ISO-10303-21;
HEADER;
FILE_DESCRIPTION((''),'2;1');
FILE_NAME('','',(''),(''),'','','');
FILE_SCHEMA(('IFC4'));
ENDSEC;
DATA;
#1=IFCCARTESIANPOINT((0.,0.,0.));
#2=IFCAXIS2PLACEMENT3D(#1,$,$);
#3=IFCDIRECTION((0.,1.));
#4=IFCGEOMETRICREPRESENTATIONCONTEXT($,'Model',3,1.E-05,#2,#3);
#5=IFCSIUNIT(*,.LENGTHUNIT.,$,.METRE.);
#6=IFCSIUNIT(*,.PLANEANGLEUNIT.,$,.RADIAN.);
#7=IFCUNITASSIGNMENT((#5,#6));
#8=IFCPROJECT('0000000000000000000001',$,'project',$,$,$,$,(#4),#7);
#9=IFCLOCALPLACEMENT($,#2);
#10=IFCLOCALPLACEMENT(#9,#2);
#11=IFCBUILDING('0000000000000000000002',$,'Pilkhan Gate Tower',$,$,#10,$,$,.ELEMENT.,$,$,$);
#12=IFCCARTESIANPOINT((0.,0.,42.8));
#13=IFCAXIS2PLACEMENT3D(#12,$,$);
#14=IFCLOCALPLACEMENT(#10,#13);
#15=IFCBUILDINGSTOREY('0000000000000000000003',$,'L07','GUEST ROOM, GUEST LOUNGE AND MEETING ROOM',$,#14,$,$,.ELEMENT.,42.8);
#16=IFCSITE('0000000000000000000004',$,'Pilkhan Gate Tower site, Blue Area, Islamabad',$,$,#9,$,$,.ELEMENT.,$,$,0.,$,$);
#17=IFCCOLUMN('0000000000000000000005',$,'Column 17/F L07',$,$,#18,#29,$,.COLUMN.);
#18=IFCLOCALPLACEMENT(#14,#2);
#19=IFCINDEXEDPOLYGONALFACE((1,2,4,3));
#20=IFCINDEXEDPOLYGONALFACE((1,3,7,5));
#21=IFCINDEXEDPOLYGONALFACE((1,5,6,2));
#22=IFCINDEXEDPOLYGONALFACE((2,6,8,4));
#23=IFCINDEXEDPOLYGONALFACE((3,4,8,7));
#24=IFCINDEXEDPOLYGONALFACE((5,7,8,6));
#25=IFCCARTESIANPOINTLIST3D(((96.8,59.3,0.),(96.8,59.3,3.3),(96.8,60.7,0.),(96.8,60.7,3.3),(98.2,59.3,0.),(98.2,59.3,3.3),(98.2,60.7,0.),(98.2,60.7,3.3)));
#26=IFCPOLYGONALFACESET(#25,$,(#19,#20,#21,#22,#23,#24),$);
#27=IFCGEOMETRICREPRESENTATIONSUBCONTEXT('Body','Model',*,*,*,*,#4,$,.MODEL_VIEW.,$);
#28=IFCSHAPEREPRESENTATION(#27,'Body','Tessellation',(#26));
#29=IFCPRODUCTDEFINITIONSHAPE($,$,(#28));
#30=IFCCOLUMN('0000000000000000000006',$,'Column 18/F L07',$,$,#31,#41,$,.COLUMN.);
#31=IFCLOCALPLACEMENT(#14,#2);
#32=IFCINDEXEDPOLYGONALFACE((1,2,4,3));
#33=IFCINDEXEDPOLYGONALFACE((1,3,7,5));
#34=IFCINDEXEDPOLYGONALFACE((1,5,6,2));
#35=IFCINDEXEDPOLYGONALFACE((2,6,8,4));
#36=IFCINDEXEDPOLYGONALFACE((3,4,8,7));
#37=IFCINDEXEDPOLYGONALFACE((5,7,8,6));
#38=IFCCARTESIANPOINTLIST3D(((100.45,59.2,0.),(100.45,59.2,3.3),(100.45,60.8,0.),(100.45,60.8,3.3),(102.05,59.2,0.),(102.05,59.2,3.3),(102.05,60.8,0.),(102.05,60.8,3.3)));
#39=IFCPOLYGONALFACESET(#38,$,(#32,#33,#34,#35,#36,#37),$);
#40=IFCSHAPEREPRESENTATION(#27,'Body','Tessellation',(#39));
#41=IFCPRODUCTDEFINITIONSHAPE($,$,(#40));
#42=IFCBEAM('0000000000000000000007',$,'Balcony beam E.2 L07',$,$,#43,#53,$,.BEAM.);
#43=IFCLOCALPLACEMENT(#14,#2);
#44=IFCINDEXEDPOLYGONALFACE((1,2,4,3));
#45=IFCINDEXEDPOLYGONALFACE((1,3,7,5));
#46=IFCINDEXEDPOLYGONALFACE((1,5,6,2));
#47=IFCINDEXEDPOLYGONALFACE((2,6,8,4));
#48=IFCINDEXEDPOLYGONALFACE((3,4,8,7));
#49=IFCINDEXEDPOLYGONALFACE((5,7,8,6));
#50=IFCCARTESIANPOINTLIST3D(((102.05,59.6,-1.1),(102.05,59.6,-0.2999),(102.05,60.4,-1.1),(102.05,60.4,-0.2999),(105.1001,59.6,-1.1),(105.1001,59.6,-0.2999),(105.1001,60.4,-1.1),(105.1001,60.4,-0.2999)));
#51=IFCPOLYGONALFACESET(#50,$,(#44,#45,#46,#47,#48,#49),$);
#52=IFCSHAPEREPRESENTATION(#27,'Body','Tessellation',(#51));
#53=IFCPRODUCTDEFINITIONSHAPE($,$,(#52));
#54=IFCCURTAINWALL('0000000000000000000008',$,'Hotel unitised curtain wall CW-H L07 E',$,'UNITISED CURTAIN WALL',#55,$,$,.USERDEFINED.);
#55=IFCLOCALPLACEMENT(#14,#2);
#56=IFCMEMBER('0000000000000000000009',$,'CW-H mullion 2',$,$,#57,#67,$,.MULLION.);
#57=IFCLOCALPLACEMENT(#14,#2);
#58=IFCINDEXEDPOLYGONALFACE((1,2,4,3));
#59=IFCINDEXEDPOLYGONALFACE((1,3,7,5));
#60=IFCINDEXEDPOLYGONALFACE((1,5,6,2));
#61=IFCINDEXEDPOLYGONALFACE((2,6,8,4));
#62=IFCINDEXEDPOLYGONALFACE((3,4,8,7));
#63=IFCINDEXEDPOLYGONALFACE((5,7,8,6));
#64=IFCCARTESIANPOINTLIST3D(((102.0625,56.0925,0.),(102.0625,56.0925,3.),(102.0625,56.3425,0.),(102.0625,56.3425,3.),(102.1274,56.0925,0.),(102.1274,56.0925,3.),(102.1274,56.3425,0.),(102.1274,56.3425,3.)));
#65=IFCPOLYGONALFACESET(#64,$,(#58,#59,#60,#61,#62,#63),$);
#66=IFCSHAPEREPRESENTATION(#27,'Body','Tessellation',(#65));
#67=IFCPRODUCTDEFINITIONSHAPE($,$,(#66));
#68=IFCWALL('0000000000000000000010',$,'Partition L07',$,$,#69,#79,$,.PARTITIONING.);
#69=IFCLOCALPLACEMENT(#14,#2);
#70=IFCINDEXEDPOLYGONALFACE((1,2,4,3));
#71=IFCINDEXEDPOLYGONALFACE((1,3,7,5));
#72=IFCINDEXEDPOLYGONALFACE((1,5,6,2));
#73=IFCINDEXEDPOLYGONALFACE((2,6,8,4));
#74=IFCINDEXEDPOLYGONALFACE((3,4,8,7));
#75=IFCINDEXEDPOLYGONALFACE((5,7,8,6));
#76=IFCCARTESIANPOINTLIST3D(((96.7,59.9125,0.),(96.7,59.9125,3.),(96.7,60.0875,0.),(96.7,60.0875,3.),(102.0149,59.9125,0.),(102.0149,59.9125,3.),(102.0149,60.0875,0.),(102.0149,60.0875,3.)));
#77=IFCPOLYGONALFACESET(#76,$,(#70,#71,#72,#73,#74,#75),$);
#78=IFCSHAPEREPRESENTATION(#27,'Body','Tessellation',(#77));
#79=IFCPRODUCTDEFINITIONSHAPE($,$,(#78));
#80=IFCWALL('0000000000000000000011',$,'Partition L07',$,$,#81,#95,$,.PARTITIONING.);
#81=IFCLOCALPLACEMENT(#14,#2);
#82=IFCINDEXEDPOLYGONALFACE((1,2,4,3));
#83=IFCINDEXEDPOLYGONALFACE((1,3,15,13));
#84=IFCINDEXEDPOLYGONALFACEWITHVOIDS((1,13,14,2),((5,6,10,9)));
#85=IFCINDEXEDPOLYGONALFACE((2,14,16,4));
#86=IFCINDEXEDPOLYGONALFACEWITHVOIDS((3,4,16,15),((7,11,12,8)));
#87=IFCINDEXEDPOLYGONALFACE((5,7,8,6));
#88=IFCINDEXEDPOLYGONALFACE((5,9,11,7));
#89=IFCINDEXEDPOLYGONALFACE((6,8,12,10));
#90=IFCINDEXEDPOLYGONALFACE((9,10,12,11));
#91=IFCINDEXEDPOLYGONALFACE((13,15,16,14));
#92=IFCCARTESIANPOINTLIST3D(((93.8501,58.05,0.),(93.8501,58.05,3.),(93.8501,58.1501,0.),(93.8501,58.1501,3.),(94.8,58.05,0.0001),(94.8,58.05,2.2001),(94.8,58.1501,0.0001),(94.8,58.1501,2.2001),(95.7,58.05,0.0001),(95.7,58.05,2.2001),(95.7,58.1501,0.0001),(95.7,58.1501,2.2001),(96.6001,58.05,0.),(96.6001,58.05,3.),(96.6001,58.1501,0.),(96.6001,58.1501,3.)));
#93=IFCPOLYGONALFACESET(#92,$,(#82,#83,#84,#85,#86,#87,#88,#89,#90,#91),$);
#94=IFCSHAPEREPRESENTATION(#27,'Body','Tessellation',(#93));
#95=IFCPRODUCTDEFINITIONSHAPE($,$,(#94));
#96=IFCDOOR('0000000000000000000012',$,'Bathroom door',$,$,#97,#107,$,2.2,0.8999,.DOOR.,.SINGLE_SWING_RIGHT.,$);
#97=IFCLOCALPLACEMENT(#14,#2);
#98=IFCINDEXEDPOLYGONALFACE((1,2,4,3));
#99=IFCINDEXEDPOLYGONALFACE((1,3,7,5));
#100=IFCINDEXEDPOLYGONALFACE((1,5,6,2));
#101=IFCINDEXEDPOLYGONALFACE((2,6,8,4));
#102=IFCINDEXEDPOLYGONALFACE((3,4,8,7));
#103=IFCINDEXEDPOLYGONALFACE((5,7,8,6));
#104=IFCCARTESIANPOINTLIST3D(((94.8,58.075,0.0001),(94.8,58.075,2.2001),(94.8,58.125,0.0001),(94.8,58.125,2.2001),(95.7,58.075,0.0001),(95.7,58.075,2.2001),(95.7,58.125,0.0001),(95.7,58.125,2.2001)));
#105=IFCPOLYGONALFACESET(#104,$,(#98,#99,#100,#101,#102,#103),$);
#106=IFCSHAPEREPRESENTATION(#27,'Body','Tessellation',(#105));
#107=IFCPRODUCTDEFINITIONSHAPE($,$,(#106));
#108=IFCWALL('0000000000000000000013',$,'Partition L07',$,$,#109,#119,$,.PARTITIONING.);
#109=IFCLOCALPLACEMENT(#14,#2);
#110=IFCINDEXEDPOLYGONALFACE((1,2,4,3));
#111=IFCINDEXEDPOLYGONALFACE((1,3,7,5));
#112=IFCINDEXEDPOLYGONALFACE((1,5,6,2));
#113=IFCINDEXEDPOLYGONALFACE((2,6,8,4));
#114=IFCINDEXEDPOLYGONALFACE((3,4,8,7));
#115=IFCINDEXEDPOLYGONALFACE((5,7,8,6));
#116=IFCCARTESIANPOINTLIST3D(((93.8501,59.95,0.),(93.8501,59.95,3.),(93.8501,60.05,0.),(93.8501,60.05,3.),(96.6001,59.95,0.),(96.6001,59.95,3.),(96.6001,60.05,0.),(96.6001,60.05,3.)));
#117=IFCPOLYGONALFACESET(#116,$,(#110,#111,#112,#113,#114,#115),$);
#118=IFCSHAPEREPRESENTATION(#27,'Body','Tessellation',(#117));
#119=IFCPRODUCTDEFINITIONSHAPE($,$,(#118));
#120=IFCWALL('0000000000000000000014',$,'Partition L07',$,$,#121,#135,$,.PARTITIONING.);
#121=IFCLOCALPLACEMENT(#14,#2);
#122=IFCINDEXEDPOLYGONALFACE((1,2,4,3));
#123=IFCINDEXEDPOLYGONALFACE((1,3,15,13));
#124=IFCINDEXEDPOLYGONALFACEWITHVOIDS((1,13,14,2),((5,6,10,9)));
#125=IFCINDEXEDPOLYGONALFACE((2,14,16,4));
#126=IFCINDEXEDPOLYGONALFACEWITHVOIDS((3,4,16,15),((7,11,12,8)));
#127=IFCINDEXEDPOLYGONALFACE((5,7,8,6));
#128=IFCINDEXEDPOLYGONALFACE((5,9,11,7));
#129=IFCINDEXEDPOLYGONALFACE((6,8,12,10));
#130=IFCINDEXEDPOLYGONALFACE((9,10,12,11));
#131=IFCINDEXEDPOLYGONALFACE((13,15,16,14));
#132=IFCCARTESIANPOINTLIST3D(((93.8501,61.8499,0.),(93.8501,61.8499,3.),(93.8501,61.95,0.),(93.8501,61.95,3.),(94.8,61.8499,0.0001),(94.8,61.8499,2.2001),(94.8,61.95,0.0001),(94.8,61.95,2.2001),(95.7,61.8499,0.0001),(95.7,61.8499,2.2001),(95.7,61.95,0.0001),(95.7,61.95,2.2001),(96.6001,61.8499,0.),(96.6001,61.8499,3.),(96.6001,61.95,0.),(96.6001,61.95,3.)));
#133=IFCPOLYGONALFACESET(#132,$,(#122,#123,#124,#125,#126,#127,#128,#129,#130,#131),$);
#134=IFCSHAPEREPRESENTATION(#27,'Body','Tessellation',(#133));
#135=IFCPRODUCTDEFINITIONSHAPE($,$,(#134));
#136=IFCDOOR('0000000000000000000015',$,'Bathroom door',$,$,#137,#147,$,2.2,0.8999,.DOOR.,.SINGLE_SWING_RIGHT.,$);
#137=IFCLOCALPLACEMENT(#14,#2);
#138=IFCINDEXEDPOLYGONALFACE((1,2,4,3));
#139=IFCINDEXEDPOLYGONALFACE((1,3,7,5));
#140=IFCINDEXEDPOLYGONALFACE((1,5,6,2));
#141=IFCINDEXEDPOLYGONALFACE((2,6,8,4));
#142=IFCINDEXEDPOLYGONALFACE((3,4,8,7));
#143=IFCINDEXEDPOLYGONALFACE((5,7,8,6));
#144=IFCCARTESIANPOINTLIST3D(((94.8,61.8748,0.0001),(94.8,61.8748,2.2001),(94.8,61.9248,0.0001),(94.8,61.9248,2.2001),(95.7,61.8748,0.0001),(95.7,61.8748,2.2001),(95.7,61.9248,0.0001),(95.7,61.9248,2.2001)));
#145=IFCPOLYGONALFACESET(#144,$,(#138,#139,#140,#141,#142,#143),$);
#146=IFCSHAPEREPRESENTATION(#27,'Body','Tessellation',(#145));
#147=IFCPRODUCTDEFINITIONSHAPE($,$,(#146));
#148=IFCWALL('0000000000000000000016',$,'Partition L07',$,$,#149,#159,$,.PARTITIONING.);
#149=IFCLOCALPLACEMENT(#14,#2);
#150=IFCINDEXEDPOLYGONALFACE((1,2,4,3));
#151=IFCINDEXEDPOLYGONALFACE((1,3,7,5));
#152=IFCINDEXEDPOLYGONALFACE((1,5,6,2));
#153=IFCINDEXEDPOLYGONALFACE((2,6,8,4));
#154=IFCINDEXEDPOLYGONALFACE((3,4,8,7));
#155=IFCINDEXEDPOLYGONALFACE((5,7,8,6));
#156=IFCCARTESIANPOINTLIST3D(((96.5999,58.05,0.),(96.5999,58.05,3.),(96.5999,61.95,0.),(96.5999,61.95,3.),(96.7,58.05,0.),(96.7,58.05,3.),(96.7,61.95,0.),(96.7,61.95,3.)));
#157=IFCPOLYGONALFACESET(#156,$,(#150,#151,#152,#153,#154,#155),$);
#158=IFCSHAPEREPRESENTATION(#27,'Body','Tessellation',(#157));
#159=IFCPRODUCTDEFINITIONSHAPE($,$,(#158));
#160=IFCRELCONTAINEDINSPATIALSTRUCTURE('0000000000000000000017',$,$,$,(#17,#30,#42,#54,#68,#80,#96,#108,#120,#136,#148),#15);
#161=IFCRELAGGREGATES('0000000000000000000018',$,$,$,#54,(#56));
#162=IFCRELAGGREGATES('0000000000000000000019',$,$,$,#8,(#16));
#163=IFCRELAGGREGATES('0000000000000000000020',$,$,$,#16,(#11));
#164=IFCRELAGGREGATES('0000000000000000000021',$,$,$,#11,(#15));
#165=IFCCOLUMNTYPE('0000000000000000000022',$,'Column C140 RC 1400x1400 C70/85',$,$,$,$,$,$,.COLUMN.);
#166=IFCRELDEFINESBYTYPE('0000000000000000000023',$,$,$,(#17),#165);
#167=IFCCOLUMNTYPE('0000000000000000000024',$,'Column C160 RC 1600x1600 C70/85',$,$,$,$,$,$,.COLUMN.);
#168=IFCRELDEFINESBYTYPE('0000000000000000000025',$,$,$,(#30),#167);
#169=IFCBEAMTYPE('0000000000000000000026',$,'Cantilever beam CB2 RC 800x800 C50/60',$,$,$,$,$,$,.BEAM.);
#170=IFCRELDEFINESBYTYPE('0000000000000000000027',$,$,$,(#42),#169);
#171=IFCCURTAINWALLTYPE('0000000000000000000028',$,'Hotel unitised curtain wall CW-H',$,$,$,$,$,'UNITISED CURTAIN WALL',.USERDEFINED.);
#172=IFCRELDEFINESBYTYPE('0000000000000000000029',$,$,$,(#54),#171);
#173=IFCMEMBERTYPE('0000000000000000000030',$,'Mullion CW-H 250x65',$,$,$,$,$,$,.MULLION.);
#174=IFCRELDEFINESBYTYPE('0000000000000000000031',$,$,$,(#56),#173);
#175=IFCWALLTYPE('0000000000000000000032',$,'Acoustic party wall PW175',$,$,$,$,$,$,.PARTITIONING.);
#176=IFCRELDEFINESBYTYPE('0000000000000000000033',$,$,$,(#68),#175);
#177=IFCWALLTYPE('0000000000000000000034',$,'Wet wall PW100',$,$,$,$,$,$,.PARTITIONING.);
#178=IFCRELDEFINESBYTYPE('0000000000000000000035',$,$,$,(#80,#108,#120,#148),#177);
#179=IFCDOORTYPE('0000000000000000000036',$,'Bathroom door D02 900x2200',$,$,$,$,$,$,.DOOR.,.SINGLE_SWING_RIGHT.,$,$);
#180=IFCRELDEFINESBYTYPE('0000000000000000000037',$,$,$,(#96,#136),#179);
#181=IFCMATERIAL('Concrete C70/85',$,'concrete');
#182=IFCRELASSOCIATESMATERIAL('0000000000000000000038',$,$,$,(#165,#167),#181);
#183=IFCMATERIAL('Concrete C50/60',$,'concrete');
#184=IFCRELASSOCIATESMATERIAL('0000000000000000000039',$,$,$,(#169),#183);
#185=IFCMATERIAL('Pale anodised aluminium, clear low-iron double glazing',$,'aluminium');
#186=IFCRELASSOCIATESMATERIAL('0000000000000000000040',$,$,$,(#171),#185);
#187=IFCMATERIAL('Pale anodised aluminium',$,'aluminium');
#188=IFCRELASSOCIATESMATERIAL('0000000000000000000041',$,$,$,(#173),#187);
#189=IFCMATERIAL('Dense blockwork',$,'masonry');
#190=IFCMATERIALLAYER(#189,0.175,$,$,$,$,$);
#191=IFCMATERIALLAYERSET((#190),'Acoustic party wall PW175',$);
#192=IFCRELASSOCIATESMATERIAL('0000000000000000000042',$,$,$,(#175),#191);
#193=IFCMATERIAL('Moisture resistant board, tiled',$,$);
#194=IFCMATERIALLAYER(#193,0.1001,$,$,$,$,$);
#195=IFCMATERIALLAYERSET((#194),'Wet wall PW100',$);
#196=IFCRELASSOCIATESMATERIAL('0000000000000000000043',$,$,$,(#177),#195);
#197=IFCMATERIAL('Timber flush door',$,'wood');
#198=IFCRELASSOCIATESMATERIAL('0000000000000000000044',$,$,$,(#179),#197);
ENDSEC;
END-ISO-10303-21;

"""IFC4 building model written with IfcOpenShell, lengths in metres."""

from ifc_helpers import new_model, si_unit, direction, frame, frame_2d, origin, origin_2d, place, context, subcontext, project, spatial, rectangle, extrude, material, layer, layer_set, material_profile, profile_set, type_object, element, fill, aggregate, save


model = new_model("IFC4")

# Units and contexts
model_context = context("Model", 3, precision=1e-05, world=origin(), true_north=direction((0.0, 1.0)))
body_context = subcontext(model_context, "Body", "Model", "MODEL_VIEW")
ifc_project = project(units=[si_unit("LENGTHUNIT", "METRE"), si_unit("PLANEANGLEUNIT", "RADIAN")], contexts=[model_context])

# Site, building, storey
site_placement = place(None, origin())
site = spatial("IfcSite", under=ifc_project, at=site_placement, Name="Pilkhan Gate Tower site, Blue Area, Islamabad", CompositionType="ELEMENT", RefElevation=0.0)
building_placement = place(site_placement, origin())
building = spatial("IfcBuilding", under=site, at=building_placement, Name="Pilkhan Gate Tower", CompositionType="ELEMENT")
storey_placement = place(building_placement, frame((0.0, 0.0, 42.8)))
storey = spatial("IfcBuildingStorey", under=building, at=storey_placement, Name="L07", Description="GUEST ROOM, GUEST LOUNGE AND MEETING ROOM", CompositionType="ELEMENT", Elevation=42.8)

# Columns
ifc_material_1 = material(Name="Concrete C70/85", Category="concrete")
ifc_material_profile_1 = material_profile(ifc_material_1, rectangle(XDim=1.3999, YDim=1.3999, at=origin_2d()), Name="RC 1400x1400")
ifc_profile_set_1 = profile_set([ifc_material_profile_1], Name="Concrete C70/85")
column_type_1 = type_object("IfcColumnType", Name="Column C140 RC 1400x1400 C70/85", PredefinedType="COLUMN", material=ifc_profile_set_1)
column_1_placement = place(storey_placement, frame((97.5, 60.0, 0.0), z_axis=(0.0, 0.0, 1.0), x_axis=(1.0, 0.0, 0.0)))
element("IfcColumn", 1, at=column_1_placement, inside=storey, type_object=column_type_1, Name="Column 17/F L07", PredefinedType="COLUMN", context=body_context, shape_type="SweptSolid", body=[
    extrude(rectangle(XDim=1.3999, YDim=1.3999, at=origin_2d()), origin(), (0.0, 0.0, 1.0), 3.3),
])
ifc_material_profile_2 = material_profile(ifc_material_1, rectangle(XDim=1.6001, YDim=1.6001, at=origin_2d()), Name="RC 1600x1600")
ifc_profile_set_2 = profile_set([ifc_material_profile_2], Name="Concrete C70/85")
column_type_2 = type_object("IfcColumnType", Name="Column C160 RC 1600x1600 C70/85", PredefinedType="COLUMN", material=ifc_profile_set_2)
column_2_placement = place(storey_placement, frame((101.25, 60.0, 0.0), z_axis=(0.0, 0.0, 1.0), x_axis=(1.0, 0.0, 0.0)))
element("IfcColumn", 2, at=column_2_placement, inside=storey, type_object=column_type_2, Name="Column 18/F L07", PredefinedType="COLUMN", context=body_context, shape_type="SweptSolid", body=[
    extrude(rectangle(XDim=1.6001, YDim=1.6001, at=origin_2d()), origin(), (0.0, 0.0, 1.0), 3.3),
])

# Beam
ifc_material_2 = material(Name="Concrete C50/60", Category="concrete")
ifc_material_profile_3 = material_profile(ifc_material_2, rectangle(XDim=0.8, YDim=0.8, at=origin_2d()), Name="RC 800x800")
ifc_profile_set_3 = profile_set([ifc_material_profile_3], Name="Concrete C50/60")
beam_type = type_object("IfcBeamType", Name="Cantilever beam CB2 RC 800x800 C50/60", PredefinedType="BEAM", material=ifc_profile_set_3)
beam_placement = place(storey_placement, frame((102.05, 60.0, -0.7), z_axis=(1.0, 0.0, 0.0), x_axis=(0.0, 1.0, 0.0)))
element("IfcBeam", 3, at=beam_placement, inside=storey, type_object=beam_type, Name="Balcony beam E.2 L07", PredefinedType="BEAM", context=body_context, shape_type="SweptSolid", body=[
    extrude(rectangle(XDim=0.8, YDim=0.8, at=origin_2d()), origin(), (0.0, 0.0, 1.0), 3.05),
])

# Curtain wall, member
ifc_material_3 = material(Name="Pale anodised aluminium, clear low-iron double glazing", Category="aluminium")
curtain_wall_type = type_object("IfcCurtainWallType", Name="Hotel unitised curtain wall CW-H", ElementType="UNITISED CURTAIN WALL", PredefinedType="USERDEFINED", material=ifc_material_3)
curtain_wall_placement = place(storey_placement, origin())
curtain_wall = element("IfcCurtainWall", 4, at=curtain_wall_placement, inside=storey, type_object=curtain_wall_type, Name="Hotel unitised curtain wall CW-H L07 E", ObjectType="UNITISED CURTAIN WALL", PredefinedType="USERDEFINED")
ifc_material_4 = material(Name="Pale anodised aluminium", Category="aluminium")
ifc_material_profile_4 = material_profile(ifc_material_4, rectangle(XDim=0.0649, YDim=0.25, at=origin_2d()), Name="Mullion 250x65")
ifc_profile_set_4 = profile_set([ifc_material_profile_4], Name="Pale anodised aluminium")
member_type = type_object("IfcMemberType", Name="Mullion CW-H 250x65", PredefinedType="MULLION", material=ifc_profile_set_4)
member_placement = place(storey_placement, frame((102.095, 56.2175, 0.0), z_axis=(0.0, 0.0, 1.0), x_axis=(-1.0, 0.0, 0.0)))
member = element("IfcMember", 5, at=member_placement, type_object=member_type, Name="CW-H mullion 2", PredefinedType="MULLION", context=body_context, shape_type="SweptSolid", body=[
    extrude(rectangle(XDim=0.0649, YDim=0.25, at=origin_2d()), origin(), (0.0, 0.0, 1.0), 3.0),
])
aggregate(curtain_wall, [member])

# Wall
ifc_material_5 = material(Name="Dense blockwork", Category="masonry")
ifc_layer_1 = layer(ifc_material_5, 0.175)
ifc_layer_set_1 = layer_set([ifc_layer_1], Name="Acoustic party wall PW175")
wall_type_1 = type_object("IfcWallType", Name="Acoustic party wall PW175", PredefinedType="PARTITIONING", material=ifc_layer_set_1)
wall_1_placement = place(storey_placement, frame((96.7, 60.0, 0.0), z_axis=(0.0, 0.0, 1.0), x_axis=(1.0, 0.0, 0.0)))
element("IfcWall", 6, at=wall_1_placement, inside=storey, type_object=wall_type_1, Name="Partition L07", PredefinedType="PARTITIONING", context=body_context, shape_type="SweptSolid", body=[
    extrude(rectangle(XDim=5.3149, YDim=0.175, at=frame_2d((2.6575, 0.0))), origin(), (0.0, 0.0, 1.0), 3.0),
])

# Wall, opening, door
ifc_material_6 = material(Name="Moisture resistant board, tiled")
ifc_layer_2 = layer(ifc_material_6, 0.1001)
ifc_layer_set_2 = layer_set([ifc_layer_2], Name="Wet wall PW100")
wall_type_2 = type_object("IfcWallType", Name="Wet wall PW100", PredefinedType="PARTITIONING", material=ifc_layer_set_2)
wall_2_placement = place(storey_placement, frame((93.8501, 58.1001, 0.0), z_axis=(0.0, 0.0, 1.0), x_axis=(1.0, 0.0, 0.0)))
wall_2 = element("IfcWall", 7, at=wall_2_placement, inside=storey, type_object=wall_type_2, Name="Partition L07", PredefinedType="PARTITIONING", context=body_context, shape_type="SweptSolid", body=[
    extrude(rectangle(XDim=2.75, YDim=0.1001, at=frame_2d((1.375, 0.0))), origin(), (0.0, 0.0, 1.0), 3.0),
])
opening_1_placement = place(wall_2_placement, frame((0.95, 0.0, 0.0)))
opening_1 = element("IfcOpeningElement", 8, at=opening_1_placement, cuts=wall_2, PredefinedType="OPENING", context=body_context, shape_type="SweptSolid", body=[
    extrude(rectangle(XDim=0.8999, YDim=2.2, at=frame_2d((0.45, 1.1001))), frame((0.0, 0.0601, 0.0), z_axis=(0.0, -1.0, 0.0), x_axis=(1.0, 0.0, 0.0)), (0.0, 0.0, 1.0), 0.1201),
])
ifc_material_7 = material(Name="Timber flush door", Category="wood")
door_type_1 = type_object("IfcDoorType", Name="Bathroom door D02 900x2200", OperationType="SINGLE_SWING_RIGHT", PredefinedType="DOOR", material=ifc_material_7)
door_1_placement = place(opening_1_placement, origin())
door_1 = element("IfcDoor", 9, at=door_1_placement, inside=storey, type_object=door_type_1, Name="Bathroom door", OperationType="SINGLE_SWING_RIGHT", OverallHeight=2.2, OverallWidth=0.8999, PredefinedType="DOOR", context=body_context, shape_type="SweptSolid", body=[
    extrude(rectangle(XDim=0.8999, YDim=2.2, at=frame_2d((0.45, 1.1001))), frame((0.0, 0.0249, 0.0), z_axis=(0.0, -1.0, 0.0), x_axis=(1.0, 0.0, 0.0)), (0.0, 0.0, 1.0), 0.05),
])
fill(opening_1, door_1)

# Wall
wall_3_placement = place(storey_placement, frame((93.8501, 60.0, 0.0), z_axis=(0.0, 0.0, 1.0), x_axis=(1.0, 0.0, 0.0)))
element("IfcWall", 10, at=wall_3_placement, inside=storey, type_object=wall_type_2, Name="Partition L07", PredefinedType="PARTITIONING", context=body_context, shape_type="SweptSolid", body=[
    extrude(rectangle(XDim=2.75, YDim=0.1001, at=frame_2d((1.375, 0.0))), origin(), (0.0, 0.0, 1.0), 3.0),
])

# Wall, opening, door
wall_4_placement = place(storey_placement, frame((93.8501, 61.8999, 0.0), z_axis=(0.0, 0.0, 1.0), x_axis=(1.0, 0.0, 0.0)))
wall_4 = element("IfcWall", 11, at=wall_4_placement, inside=storey, type_object=wall_type_2, Name="Partition L07", PredefinedType="PARTITIONING", context=body_context, shape_type="SweptSolid", body=[
    extrude(rectangle(XDim=2.75, YDim=0.1001, at=frame_2d((1.375, 0.0))), origin(), (0.0, 0.0, 1.0), 3.0),
])
opening_2_placement = place(wall_4_placement, frame((0.95, 0.0, 0.0)))
opening_2 = element("IfcOpeningElement", 12, at=opening_2_placement, cuts=wall_4, PredefinedType="OPENING", context=body_context, shape_type="SweptSolid", body=[
    extrude(rectangle(XDim=0.8999, YDim=2.2, at=frame_2d((0.45, 1.1001))), frame((0.0, 0.0601, 0.0), z_axis=(0.0, -1.0, 0.0), x_axis=(1.0, 0.0, 0.0)), (0.0, 0.0, 1.0), 0.1201),
])
door_2_placement = place(opening_2_placement, origin())
door_2 = element("IfcDoor", 13, at=door_2_placement, inside=storey, type_object=door_type_1, Name="Bathroom door", OperationType="SINGLE_SWING_RIGHT", OverallHeight=2.2, OverallWidth=0.8999, PredefinedType="DOOR", context=body_context, shape_type="SweptSolid", body=[
    extrude(rectangle(XDim=0.8999, YDim=2.2, at=frame_2d((0.45, 1.1001))), frame((0.0, 0.0249, 0.0), z_axis=(0.0, -1.0, 0.0), x_axis=(1.0, 0.0, 0.0)), (0.0, 0.0, 1.0), 0.05),
])
fill(opening_2, door_2)

# Wall
wall_5_placement = place(storey_placement, frame((96.6499, 58.05, 0.0), z_axis=(0.0, 0.0, 1.0), x_axis=(0.0, 1.0, 0.0)))
element("IfcWall", 14, at=wall_5_placement, inside=storey, type_object=wall_type_2, Name="Partition L07", PredefinedType="PARTITIONING", context=body_context, shape_type="SweptSolid", body=[
    extrude(rectangle(XDim=3.8999, YDim=0.1001, at=frame_2d((1.95, 0.0))), origin(), (0.0, 0.0, 1.0), 3.0),
])

save(model, "model.ifc")
